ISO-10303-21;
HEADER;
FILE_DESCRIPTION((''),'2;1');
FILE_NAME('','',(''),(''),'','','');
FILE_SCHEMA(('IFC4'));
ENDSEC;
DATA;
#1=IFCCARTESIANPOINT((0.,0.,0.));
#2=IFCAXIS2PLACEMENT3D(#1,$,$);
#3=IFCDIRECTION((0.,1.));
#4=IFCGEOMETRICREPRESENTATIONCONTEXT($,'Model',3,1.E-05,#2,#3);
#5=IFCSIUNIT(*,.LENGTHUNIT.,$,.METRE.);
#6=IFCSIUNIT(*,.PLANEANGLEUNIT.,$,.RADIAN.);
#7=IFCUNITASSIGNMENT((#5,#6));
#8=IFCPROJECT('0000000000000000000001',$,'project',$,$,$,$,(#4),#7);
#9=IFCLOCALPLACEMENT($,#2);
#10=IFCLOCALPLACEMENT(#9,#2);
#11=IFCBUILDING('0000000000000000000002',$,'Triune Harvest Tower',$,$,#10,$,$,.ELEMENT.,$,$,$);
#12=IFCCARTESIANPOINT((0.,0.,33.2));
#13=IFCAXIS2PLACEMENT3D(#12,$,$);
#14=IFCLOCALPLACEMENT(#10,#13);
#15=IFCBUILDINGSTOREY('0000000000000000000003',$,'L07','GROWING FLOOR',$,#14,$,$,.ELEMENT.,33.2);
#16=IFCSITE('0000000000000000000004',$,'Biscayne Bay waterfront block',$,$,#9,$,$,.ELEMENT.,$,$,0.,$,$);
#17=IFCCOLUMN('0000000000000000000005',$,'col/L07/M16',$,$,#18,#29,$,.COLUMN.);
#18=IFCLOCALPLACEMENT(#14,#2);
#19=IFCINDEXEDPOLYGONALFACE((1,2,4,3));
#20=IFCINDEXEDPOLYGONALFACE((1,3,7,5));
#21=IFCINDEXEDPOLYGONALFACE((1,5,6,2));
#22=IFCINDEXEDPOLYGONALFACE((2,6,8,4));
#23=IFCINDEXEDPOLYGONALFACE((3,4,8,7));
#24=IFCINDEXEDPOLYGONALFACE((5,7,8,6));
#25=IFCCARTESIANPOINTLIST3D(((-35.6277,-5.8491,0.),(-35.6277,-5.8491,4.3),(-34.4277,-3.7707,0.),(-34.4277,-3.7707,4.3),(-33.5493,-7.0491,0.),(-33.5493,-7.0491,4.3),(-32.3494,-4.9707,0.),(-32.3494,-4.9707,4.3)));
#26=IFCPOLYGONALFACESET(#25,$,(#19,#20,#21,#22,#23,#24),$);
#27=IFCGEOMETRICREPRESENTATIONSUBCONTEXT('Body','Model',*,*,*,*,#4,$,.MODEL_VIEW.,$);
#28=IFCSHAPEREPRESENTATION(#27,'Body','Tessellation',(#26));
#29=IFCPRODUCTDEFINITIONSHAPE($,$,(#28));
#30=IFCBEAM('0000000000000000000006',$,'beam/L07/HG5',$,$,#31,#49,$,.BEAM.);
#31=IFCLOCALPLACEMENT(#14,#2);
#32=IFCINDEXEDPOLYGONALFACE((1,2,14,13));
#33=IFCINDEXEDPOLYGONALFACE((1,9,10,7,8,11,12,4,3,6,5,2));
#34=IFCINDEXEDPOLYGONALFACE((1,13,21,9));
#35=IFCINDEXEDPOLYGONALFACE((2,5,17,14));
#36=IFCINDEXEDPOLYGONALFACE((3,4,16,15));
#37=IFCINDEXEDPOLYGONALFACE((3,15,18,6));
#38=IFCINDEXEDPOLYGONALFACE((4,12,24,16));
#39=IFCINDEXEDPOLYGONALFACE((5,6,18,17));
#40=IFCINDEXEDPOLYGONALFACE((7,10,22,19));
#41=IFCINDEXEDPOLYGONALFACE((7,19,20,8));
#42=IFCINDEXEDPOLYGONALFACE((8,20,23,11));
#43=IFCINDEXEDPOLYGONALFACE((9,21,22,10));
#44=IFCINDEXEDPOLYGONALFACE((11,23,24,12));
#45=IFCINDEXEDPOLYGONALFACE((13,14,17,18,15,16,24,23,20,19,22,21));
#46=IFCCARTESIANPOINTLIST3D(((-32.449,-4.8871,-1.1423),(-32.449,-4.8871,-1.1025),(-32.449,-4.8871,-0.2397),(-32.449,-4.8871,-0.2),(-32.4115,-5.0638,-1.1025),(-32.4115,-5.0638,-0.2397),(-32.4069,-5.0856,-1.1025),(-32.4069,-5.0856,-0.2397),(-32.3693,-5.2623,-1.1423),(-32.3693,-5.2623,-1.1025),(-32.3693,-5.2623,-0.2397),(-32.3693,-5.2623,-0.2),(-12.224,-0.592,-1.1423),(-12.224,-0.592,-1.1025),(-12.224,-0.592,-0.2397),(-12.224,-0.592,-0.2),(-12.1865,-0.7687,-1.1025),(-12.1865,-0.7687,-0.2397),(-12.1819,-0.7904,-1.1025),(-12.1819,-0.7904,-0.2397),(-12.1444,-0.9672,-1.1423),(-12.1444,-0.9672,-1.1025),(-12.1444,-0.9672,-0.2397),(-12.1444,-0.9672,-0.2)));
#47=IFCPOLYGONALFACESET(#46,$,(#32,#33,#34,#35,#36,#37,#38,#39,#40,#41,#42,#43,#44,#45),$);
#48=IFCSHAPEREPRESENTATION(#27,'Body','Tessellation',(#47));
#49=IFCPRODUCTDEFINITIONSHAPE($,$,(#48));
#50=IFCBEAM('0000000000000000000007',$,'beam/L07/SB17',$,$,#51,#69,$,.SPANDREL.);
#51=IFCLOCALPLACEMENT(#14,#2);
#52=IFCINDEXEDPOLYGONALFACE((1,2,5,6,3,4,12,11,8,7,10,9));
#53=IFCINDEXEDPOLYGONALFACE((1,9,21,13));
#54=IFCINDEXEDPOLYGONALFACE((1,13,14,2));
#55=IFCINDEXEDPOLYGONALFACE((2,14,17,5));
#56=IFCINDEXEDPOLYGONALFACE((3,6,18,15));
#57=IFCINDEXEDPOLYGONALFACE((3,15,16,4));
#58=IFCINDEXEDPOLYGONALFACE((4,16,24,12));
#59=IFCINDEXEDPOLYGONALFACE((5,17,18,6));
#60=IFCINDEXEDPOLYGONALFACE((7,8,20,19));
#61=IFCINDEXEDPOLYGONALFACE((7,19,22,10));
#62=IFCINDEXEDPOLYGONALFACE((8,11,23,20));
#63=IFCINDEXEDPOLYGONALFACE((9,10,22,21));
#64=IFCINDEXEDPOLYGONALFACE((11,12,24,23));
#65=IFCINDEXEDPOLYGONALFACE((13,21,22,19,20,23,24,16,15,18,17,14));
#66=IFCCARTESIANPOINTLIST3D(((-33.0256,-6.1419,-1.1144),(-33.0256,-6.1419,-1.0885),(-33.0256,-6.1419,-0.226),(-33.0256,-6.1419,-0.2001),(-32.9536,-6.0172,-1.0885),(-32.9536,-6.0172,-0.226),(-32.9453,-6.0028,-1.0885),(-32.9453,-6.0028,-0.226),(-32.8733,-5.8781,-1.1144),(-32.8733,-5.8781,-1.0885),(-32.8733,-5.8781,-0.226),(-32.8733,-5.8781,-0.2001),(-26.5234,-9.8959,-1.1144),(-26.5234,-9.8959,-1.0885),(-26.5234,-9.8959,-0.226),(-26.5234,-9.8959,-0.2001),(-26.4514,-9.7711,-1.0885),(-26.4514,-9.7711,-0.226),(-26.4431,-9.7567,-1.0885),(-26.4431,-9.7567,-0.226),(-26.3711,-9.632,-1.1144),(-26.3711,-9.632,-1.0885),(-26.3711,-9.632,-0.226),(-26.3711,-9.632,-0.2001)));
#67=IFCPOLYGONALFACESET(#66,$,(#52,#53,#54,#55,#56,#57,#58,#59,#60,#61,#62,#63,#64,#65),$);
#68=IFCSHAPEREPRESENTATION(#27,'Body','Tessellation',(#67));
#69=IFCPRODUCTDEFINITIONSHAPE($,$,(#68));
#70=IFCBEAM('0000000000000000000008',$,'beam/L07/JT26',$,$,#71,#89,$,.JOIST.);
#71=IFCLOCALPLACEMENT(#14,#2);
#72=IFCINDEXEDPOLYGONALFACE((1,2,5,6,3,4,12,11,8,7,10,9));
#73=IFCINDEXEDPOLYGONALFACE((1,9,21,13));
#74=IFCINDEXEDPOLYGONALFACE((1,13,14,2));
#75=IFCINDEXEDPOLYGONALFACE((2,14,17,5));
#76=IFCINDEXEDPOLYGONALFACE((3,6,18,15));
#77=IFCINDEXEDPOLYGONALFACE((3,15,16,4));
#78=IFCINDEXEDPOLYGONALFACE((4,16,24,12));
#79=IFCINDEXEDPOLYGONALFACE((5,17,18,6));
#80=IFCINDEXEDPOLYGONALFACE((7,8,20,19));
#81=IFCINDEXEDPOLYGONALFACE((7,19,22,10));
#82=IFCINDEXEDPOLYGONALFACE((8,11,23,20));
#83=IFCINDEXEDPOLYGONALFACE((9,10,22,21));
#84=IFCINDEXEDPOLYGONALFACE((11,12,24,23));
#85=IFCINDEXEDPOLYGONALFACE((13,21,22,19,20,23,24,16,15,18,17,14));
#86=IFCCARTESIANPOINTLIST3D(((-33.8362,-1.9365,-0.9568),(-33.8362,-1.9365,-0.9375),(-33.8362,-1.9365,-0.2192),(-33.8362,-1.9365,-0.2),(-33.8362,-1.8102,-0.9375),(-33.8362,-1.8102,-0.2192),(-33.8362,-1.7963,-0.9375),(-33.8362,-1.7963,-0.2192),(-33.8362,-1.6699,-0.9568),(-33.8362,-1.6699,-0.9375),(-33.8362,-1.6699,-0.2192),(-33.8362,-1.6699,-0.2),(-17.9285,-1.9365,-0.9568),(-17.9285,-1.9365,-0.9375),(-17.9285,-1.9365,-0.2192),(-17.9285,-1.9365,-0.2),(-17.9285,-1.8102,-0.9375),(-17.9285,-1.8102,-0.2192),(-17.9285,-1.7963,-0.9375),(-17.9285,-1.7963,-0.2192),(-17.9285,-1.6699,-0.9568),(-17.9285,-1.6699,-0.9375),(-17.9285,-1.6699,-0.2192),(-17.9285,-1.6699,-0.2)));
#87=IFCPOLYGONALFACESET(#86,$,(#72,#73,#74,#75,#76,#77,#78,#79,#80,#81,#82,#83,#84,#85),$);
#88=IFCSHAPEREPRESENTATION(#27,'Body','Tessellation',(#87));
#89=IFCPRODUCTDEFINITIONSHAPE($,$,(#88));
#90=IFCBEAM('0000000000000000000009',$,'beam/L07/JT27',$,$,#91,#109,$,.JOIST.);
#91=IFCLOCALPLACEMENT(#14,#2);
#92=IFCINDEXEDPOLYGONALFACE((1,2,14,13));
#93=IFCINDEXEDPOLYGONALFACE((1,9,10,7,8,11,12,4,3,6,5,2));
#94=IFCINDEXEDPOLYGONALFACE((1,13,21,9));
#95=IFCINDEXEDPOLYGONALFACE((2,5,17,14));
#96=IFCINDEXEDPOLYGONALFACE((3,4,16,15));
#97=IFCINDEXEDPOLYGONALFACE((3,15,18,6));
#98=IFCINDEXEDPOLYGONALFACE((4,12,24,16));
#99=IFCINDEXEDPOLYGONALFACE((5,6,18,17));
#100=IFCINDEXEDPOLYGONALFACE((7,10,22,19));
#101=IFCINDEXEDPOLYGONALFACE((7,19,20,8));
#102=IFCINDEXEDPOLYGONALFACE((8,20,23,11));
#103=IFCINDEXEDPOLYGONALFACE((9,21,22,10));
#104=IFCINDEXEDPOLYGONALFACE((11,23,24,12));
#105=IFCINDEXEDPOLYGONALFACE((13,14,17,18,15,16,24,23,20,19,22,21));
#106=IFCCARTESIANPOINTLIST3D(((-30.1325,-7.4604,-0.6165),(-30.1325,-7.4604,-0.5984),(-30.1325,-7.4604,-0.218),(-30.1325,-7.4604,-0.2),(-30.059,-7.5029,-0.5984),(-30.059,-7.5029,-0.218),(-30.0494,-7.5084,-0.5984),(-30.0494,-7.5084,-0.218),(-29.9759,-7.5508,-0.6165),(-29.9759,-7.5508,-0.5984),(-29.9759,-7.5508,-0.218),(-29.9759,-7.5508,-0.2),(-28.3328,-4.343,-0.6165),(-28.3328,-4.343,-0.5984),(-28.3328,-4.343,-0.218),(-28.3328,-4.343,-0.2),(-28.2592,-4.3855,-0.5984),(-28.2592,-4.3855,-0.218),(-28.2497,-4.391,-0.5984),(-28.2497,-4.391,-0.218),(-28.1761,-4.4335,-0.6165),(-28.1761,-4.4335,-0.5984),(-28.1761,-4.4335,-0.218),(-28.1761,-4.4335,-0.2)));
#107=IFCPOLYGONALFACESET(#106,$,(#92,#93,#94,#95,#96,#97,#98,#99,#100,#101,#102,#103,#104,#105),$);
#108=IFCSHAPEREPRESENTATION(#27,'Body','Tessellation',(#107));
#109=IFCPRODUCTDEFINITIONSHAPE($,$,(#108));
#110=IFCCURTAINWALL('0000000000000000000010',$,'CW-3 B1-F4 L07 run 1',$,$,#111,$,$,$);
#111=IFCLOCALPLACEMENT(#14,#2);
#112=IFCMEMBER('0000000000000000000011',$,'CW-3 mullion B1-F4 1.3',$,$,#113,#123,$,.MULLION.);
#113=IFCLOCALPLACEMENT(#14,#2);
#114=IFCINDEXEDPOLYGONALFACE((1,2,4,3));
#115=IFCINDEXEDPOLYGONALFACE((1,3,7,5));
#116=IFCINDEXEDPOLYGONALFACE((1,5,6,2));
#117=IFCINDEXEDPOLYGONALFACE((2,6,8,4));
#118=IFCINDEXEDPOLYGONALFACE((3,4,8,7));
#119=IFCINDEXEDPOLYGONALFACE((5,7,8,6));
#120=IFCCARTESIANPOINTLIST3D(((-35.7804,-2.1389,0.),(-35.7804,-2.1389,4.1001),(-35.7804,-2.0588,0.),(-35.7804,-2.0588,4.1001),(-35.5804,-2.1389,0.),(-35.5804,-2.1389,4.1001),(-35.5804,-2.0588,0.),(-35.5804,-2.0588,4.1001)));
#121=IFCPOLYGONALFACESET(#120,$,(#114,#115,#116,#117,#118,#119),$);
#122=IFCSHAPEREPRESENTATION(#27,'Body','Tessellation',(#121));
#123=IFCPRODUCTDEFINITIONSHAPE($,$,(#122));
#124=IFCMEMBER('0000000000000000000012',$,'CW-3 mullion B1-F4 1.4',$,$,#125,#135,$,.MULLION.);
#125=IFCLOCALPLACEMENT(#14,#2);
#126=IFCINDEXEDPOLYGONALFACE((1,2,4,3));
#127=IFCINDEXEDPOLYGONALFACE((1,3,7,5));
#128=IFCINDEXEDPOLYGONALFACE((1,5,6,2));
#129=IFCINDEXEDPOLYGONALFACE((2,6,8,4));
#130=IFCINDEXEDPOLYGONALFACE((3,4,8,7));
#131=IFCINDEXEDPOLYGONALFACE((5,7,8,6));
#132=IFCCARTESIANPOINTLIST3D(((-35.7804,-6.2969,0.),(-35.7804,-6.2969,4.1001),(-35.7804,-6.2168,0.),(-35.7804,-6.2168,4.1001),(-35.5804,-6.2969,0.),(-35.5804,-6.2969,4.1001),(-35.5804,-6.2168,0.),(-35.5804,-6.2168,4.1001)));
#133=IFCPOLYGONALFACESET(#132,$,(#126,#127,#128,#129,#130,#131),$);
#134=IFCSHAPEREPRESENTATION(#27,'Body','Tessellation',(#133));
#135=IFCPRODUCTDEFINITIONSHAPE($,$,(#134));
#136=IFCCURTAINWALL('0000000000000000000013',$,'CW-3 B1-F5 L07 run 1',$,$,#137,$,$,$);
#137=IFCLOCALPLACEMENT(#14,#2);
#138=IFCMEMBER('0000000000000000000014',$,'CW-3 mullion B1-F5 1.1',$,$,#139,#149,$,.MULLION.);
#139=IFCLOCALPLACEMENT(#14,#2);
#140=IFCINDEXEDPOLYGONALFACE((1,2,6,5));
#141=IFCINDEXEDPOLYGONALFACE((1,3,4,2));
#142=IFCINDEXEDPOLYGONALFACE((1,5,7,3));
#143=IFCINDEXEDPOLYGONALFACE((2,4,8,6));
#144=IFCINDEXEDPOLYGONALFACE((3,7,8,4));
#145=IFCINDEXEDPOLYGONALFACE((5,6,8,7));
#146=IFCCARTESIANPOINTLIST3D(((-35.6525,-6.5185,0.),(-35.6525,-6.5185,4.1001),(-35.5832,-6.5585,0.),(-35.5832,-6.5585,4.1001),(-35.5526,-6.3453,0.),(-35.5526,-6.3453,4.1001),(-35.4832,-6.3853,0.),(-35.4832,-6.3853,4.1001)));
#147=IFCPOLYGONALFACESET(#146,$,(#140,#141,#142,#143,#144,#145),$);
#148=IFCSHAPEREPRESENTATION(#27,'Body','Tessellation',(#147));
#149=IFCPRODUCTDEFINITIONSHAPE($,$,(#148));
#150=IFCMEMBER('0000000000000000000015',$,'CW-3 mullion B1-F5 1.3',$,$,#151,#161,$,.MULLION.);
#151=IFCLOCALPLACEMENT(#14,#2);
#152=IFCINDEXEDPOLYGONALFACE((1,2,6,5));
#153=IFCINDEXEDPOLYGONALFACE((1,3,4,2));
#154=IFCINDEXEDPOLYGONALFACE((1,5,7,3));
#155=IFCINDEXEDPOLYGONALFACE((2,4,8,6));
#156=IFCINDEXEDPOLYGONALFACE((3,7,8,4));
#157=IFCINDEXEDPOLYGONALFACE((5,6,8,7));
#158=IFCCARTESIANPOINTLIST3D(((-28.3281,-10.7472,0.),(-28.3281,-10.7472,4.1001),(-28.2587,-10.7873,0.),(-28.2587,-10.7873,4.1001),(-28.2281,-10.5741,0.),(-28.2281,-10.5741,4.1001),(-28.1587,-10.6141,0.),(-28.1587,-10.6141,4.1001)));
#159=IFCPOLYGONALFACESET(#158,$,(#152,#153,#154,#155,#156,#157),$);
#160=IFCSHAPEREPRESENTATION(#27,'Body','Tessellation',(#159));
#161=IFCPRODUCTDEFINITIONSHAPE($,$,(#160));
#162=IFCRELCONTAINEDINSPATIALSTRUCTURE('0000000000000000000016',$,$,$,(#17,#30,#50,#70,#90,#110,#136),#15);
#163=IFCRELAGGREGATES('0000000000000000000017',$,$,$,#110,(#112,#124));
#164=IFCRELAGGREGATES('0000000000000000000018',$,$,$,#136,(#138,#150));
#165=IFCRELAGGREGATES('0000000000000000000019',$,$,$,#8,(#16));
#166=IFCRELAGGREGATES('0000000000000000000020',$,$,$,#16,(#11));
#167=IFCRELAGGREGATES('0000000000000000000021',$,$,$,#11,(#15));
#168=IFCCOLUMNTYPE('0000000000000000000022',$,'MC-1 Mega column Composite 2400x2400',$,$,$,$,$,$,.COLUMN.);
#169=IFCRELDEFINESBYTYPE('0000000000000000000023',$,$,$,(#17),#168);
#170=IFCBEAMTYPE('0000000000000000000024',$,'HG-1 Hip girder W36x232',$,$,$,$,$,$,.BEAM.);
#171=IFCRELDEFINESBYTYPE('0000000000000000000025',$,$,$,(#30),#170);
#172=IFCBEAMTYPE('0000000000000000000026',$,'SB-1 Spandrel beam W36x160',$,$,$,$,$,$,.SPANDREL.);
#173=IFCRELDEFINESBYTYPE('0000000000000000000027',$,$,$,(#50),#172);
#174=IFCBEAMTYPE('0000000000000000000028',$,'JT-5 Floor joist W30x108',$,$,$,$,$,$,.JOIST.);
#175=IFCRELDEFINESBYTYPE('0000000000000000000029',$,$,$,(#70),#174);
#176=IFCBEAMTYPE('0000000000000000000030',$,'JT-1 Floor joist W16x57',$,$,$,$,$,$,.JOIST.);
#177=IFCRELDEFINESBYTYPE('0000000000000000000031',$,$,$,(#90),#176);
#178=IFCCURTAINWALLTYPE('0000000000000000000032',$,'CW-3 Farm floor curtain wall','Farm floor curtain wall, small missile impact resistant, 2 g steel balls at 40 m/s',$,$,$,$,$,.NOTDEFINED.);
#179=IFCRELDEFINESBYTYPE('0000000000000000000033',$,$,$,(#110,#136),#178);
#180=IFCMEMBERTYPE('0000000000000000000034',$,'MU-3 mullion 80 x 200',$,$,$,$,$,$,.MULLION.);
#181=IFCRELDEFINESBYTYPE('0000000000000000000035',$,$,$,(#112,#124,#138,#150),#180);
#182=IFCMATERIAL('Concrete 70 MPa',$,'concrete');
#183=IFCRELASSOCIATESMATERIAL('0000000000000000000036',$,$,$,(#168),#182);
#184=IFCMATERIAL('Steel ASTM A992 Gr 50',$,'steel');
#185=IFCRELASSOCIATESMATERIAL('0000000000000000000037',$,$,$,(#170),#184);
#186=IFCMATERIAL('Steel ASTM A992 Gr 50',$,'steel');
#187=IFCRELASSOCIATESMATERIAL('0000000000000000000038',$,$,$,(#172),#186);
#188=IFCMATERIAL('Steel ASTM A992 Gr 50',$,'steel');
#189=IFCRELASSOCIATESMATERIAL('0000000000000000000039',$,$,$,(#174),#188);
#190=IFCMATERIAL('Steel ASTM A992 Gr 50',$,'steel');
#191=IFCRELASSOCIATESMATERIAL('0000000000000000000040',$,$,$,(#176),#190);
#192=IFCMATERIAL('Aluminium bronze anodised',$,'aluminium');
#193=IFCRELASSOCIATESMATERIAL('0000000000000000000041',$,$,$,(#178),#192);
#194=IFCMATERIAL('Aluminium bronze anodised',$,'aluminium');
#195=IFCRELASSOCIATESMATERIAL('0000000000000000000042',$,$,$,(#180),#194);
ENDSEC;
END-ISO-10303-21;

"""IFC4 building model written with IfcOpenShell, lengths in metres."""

from ifc_helpers import new_model, si_unit, direction, frame, origin, origin_2d, place, context, subcontext, project, spatial, rectangle, i_section, extrude, source, transform, mapped, material, material_profile, profile_set, type_object, element, aggregate, save


model = new_model("IFC4")

# Units and contexts
model_context = context("Model", 3, precision=1e-05, world=origin(), true_north=direction((0.0, 1.0)))
body_context = subcontext(model_context, "Body", "Model", "MODEL_VIEW")
ifc_project = project(units=[si_unit("LENGTHUNIT", "METRE"), si_unit("PLANEANGLEUNIT", "RADIAN")], contexts=[model_context])

# Site, building, storey
site_placement = place(None, origin())
site = spatial("IfcSite", under=ifc_project, at=site_placement, Name="Biscayne Bay waterfront block", CompositionType="ELEMENT", RefElevation=0.0)
building_placement = place(site_placement, origin())
building = spatial("IfcBuilding", under=site, at=building_placement, Name="Triune Harvest Tower", CompositionType="ELEMENT")
storey_placement = place(building_placement, frame((0.0, 0.0, 33.2)))
storey = spatial("IfcBuildingStorey", under=building, at=storey_placement, Name="L07", Description="GROWING FLOOR", CompositionType="ELEMENT", Elevation=33.2)

# Column
ifc_material_1 = material(Name="Concrete 70 MPa", Category="concrete")
ifc_material_profile_1 = material_profile(ifc_material_1, rectangle(XDim=2.3999, YDim=2.3999, at=origin_2d()), Name="Composite 2400x2400")
ifc_profile_set_1 = profile_set([ifc_material_profile_1], Name="Concrete 70 MPa")
column_type = type_object("IfcColumnType", Name="MC-1 Mega column Composite 2400x2400", PredefinedType="COLUMN", material=ifc_profile_set_1)
shared_shape_1 = source(origin(), body_context, "Body", "SweptSolid", [
    extrude(rectangle(XDim=2.3999, YDim=2.3999, at=origin_2d()), origin(), (0.0, 0.0, 1.0), 4.3),
])
column_placement = place(storey_placement, frame((-33.9885, -5.4099, 0.0), z_axis=(0.0, 0.0, 1.0), x_axis=(0.866025, -0.5, 0.0)))
element("IfcColumn", 1, at=column_placement, inside=storey, type_object=column_type, Name="col/L07/M16", PredefinedType="COLUMN", context=body_context, shape_type="MappedRepresentation", body=[
    mapped(shared_shape_1, transform((0.0, 0.0, 0.0), scale=1.0)),
])

# Beams
ifc_material_2 = material(Name="Steel ASTM A992 Gr 50", Category="steel")
ifc_material_profile_2 = material_profile(ifc_material_2, i_section(OverallWidth=0.3835, OverallDepth=0.9424, WebThickness=0.0222, FlangeThickness=0.0398, at=origin_2d()), Name="W36x232")
ifc_profile_set_2 = profile_set([ifc_material_profile_2], Name="Steel ASTM A992 Gr 50")
beam_type_1 = type_object("IfcBeamType", Name="HG-1 Hip girder W36x232", PredefinedType="BEAM", material=ifc_profile_set_2)
shared_shape_2 = source(origin(), body_context, "Body", "SweptSolid", [
    extrude(i_section(OverallWidth=0.3835, OverallDepth=0.9424, WebThickness=0.0222, FlangeThickness=0.0398, at=origin_2d()), origin(), (0.0, 0.0, 1.0), 20.676),
])
beam_1_placement = place(storey_placement, frame((-32.4092, -5.0747, -0.6711), z_axis=(0.978185, 0.207735, 0.0), x_axis=(-0.207735, 0.978185, 0.0)))
element("IfcBeam", 2, at=beam_1_placement, inside=storey, type_object=beam_type_1, Name="beam/L07/HG5", PredefinedType="BEAM", context=body_context, shape_type="MappedRepresentation", body=[
    mapped(shared_shape_2, transform((0.0, 0.0, 0.0), scale=1.0)),
])
ifc_material_3 = material(Name="Steel ASTM A992 Gr 50", Category="steel")
ifc_material_profile_3 = material_profile(ifc_material_3, i_section(OverallWidth=0.3047, OverallDepth=0.9143, WebThickness=0.0166, FlangeThickness=0.0259, at=origin_2d()), Name="W36x160")
ifc_profile_set_3 = profile_set([ifc_material_profile_3], Name="Steel ASTM A992 Gr 50")
beam_type_2 = type_object("IfcBeamType", Name="SB-1 Spandrel beam W36x160", PredefinedType="SPANDREL", material=ifc_profile_set_3)
shared_shape_3 = source(origin(), body_context, "Body", "SweptSolid", [
    extrude(i_section(OverallWidth=0.3047, OverallDepth=0.9143, WebThickness=0.0166, FlangeThickness=0.0259, at=origin_2d()), origin(), (0.0, 0.0, 1.0), 7.5081),
])
beam_2_placement = place(storey_placement, frame((-32.9495, -6.01, -0.6572), z_axis=(0.866033, -0.499986, 0.0), x_axis=(0.499986, 0.866033, 0.0)))
element("IfcBeam", 3, at=beam_2_placement, inside=storey, type_object=beam_type_2, Name="beam/L07/SB17", PredefinedType="SPANDREL", context=body_context, shape_type="MappedRepresentation", body=[
    mapped(shared_shape_3, transform((0.0, 0.0, 0.0), scale=1.0)),
])
ifc_material_4 = material(Name="Steel ASTM A992 Gr 50", Category="steel")
ifc_material_profile_4 = material_profile(ifc_material_4, i_section(OverallWidth=0.2666, OverallDepth=0.7568, WebThickness=0.0139, FlangeThickness=0.0193, at=origin_2d()), Name="W30x108")
ifc_profile_set_4 = profile_set([ifc_material_profile_4], Name="Steel ASTM A992 Gr 50")
beam_type_3 = type_object("IfcBeamType", Name="JT-5 Floor joist W30x108", PredefinedType="JOIST", material=ifc_profile_set_4)
shared_shape_4 = source(origin(), body_context, "Body", "SweptSolid", [
    extrude(i_section(OverallWidth=0.2666, OverallDepth=0.7568, WebThickness=0.0139, FlangeThickness=0.0193, at=origin_2d()), origin(), (0.0, 0.0, 1.0), 15.9077),
])
beam_3_placement = place(storey_placement, frame((-33.8362, -1.8032, -0.5784), z_axis=(1.0, 0.0, 0.0), x_axis=(0.0, 1.0, 0.0)))
element("IfcBeam", 4, at=beam_3_placement, inside=storey, type_object=beam_type_3, Name="beam/L07/JT26", PredefinedType="JOIST", context=body_context, shape_type="MappedRepresentation", body=[
    mapped(shared_shape_4, transform((0.0, 0.0, 0.0), scale=1.0)),
])
ifc_material_5 = material(Name="Steel ASTM A992 Gr 50", Category="steel")
ifc_material_profile_5 = material_profile(ifc_material_5, i_section(OverallWidth=0.1809, OverallDepth=0.4165, WebThickness=0.011, FlangeThickness=0.0181, at=origin_2d()), Name="W16x57")
ifc_profile_set_5 = profile_set([ifc_material_profile_5], Name="Steel ASTM A992 Gr 50")
beam_type_4 = type_object("IfcBeamType", Name="JT-1 Floor joist W16x57", PredefinedType="JOIST", material=ifc_profile_set_5)
shared_shape_5 = source(origin(), body_context, "Body", "SweptSolid", [
    extrude(i_section(OverallWidth=0.1809, OverallDepth=0.4165, WebThickness=0.011, FlangeThickness=0.0181, at=origin_2d()), origin(), (0.0, 0.0, 1.0), 3.5996),
])
beam_4_placement = place(storey_placement, frame((-30.0542, -7.5056, -0.4082), z_axis=(0.499991, 0.866031, 0.0), x_axis=(-0.866031, 0.499991, 0.0)))
element("IfcBeam", 5, at=beam_4_placement, inside=storey, type_object=beam_type_4, Name="beam/L07/JT27", PredefinedType="JOIST", context=body_context, shape_type="MappedRepresentation", body=[
    mapped(shared_shape_5, transform((0.0, 0.0, 0.0), scale=1.0)),
])

# Curtain walls, members
ifc_material_6 = material(Name="Aluminium bronze anodised", Category="aluminium")
curtain_wall_type = type_object("IfcCurtainWallType", Name="CW-3 Farm floor curtain wall", Description="Farm floor curtain wall, small missile impact resistant, 2 g steel balls at 40 m/s", PredefinedType="NOTDEFINED", material=ifc_material_6)
curtain_wall_1_placement = place(storey_placement, origin())
curtain_wall_1 = element("IfcCurtainWall", 6, at=curtain_wall_1_placement, inside=storey, type_object=curtain_wall_type, Name="CW-3 B1-F4 L07 run 1")
ifc_material_7 = material(Name="Aluminium bronze anodised", Category="aluminium")
ifc_material_profile_6 = material_profile(ifc_material_7, rectangle(XDim=0.2, YDim=0.0801, at=origin_2d()), Name="MU-3 mullion 80 x 200")
ifc_profile_set_6 = profile_set([ifc_material_profile_6], Name="Aluminium bronze anodised")
member_type_1 = type_object("IfcMemberType", Name="MU-3 mullion 80 x 200", PredefinedType="MULLION", material=ifc_profile_set_6)
shared_shape_6 = source(origin(), body_context, "Body", "SweptSolid", [
    extrude(rectangle(XDim=0.2, YDim=0.0801, at=origin_2d()), origin(), (0.0, 0.0, 1.0), 4.1001),
])
member_1_placement = place(storey_placement, frame((-35.6804, -2.0989, 0.0), z_axis=(0.0, 0.0, 1.0), x_axis=(1.0, 0.0, 0.0)))
member_1 = element("IfcMember", 7, at=member_1_placement, type_object=member_type_1, Name="CW-3 mullion B1-F4 1.3", PredefinedType="MULLION", context=body_context, shape_type="MappedRepresentation", body=[
    mapped(shared_shape_6, transform((0.0, 0.0, 0.0), scale=1.0)),
])
member_2_placement = place(storey_placement, frame((-35.6804, -6.2568, 0.0), z_axis=(0.0, 0.0, 1.0), x_axis=(1.0, 0.0, 0.0)))
member_2 = element("IfcMember", 8, at=member_2_placement, type_object=member_type_1, Name="CW-3 mullion B1-F4 1.4", PredefinedType="MULLION", context=body_context, shape_type="MappedRepresentation", body=[
    mapped(shared_shape_6, transform((0.0, 0.0, 0.0), scale=1.0)),
])
curtain_wall_2_placement = place(storey_placement, origin())
curtain_wall_2 = element("IfcCurtainWall", 9, at=curtain_wall_2_placement, inside=storey, type_object=curtain_wall_type, Name="CW-3 B1-F5 L07 run 1")
member_3_placement = place(storey_placement, frame((-35.5679, -6.4519, 0.0), z_axis=(0.0, 0.0, 1.0), x_axis=(0.500001, 0.866025, 0.0)))
member_3 = element("IfcMember", 10, at=member_3_placement, type_object=member_type_1, Name="CW-3 mullion B1-F5 1.1", PredefinedType="MULLION", context=body_context, shape_type="MappedRepresentation", body=[
    mapped(shared_shape_6, transform((0.0, 0.0, 0.0), scale=1.0)),
])
member_4_placement = place(storey_placement, frame((-28.2434, -10.6807, 0.0), z_axis=(0.0, 0.0, 1.0), x_axis=(0.500001, 0.866025, 0.0)))
member_4 = element("IfcMember", 11, at=member_4_placement, type_object=member_type_1, Name="CW-3 mullion B1-F5 1.3", PredefinedType="MULLION", context=body_context, shape_type="MappedRepresentation", body=[
    mapped(shared_shape_6, transform((0.0, 0.0, 0.0), scale=1.0)),
])

aggregate(curtain_wall_1, [member_1, member_2])
aggregate(curtain_wall_2, [member_3, member_4])

save(model, "model.ifc")
